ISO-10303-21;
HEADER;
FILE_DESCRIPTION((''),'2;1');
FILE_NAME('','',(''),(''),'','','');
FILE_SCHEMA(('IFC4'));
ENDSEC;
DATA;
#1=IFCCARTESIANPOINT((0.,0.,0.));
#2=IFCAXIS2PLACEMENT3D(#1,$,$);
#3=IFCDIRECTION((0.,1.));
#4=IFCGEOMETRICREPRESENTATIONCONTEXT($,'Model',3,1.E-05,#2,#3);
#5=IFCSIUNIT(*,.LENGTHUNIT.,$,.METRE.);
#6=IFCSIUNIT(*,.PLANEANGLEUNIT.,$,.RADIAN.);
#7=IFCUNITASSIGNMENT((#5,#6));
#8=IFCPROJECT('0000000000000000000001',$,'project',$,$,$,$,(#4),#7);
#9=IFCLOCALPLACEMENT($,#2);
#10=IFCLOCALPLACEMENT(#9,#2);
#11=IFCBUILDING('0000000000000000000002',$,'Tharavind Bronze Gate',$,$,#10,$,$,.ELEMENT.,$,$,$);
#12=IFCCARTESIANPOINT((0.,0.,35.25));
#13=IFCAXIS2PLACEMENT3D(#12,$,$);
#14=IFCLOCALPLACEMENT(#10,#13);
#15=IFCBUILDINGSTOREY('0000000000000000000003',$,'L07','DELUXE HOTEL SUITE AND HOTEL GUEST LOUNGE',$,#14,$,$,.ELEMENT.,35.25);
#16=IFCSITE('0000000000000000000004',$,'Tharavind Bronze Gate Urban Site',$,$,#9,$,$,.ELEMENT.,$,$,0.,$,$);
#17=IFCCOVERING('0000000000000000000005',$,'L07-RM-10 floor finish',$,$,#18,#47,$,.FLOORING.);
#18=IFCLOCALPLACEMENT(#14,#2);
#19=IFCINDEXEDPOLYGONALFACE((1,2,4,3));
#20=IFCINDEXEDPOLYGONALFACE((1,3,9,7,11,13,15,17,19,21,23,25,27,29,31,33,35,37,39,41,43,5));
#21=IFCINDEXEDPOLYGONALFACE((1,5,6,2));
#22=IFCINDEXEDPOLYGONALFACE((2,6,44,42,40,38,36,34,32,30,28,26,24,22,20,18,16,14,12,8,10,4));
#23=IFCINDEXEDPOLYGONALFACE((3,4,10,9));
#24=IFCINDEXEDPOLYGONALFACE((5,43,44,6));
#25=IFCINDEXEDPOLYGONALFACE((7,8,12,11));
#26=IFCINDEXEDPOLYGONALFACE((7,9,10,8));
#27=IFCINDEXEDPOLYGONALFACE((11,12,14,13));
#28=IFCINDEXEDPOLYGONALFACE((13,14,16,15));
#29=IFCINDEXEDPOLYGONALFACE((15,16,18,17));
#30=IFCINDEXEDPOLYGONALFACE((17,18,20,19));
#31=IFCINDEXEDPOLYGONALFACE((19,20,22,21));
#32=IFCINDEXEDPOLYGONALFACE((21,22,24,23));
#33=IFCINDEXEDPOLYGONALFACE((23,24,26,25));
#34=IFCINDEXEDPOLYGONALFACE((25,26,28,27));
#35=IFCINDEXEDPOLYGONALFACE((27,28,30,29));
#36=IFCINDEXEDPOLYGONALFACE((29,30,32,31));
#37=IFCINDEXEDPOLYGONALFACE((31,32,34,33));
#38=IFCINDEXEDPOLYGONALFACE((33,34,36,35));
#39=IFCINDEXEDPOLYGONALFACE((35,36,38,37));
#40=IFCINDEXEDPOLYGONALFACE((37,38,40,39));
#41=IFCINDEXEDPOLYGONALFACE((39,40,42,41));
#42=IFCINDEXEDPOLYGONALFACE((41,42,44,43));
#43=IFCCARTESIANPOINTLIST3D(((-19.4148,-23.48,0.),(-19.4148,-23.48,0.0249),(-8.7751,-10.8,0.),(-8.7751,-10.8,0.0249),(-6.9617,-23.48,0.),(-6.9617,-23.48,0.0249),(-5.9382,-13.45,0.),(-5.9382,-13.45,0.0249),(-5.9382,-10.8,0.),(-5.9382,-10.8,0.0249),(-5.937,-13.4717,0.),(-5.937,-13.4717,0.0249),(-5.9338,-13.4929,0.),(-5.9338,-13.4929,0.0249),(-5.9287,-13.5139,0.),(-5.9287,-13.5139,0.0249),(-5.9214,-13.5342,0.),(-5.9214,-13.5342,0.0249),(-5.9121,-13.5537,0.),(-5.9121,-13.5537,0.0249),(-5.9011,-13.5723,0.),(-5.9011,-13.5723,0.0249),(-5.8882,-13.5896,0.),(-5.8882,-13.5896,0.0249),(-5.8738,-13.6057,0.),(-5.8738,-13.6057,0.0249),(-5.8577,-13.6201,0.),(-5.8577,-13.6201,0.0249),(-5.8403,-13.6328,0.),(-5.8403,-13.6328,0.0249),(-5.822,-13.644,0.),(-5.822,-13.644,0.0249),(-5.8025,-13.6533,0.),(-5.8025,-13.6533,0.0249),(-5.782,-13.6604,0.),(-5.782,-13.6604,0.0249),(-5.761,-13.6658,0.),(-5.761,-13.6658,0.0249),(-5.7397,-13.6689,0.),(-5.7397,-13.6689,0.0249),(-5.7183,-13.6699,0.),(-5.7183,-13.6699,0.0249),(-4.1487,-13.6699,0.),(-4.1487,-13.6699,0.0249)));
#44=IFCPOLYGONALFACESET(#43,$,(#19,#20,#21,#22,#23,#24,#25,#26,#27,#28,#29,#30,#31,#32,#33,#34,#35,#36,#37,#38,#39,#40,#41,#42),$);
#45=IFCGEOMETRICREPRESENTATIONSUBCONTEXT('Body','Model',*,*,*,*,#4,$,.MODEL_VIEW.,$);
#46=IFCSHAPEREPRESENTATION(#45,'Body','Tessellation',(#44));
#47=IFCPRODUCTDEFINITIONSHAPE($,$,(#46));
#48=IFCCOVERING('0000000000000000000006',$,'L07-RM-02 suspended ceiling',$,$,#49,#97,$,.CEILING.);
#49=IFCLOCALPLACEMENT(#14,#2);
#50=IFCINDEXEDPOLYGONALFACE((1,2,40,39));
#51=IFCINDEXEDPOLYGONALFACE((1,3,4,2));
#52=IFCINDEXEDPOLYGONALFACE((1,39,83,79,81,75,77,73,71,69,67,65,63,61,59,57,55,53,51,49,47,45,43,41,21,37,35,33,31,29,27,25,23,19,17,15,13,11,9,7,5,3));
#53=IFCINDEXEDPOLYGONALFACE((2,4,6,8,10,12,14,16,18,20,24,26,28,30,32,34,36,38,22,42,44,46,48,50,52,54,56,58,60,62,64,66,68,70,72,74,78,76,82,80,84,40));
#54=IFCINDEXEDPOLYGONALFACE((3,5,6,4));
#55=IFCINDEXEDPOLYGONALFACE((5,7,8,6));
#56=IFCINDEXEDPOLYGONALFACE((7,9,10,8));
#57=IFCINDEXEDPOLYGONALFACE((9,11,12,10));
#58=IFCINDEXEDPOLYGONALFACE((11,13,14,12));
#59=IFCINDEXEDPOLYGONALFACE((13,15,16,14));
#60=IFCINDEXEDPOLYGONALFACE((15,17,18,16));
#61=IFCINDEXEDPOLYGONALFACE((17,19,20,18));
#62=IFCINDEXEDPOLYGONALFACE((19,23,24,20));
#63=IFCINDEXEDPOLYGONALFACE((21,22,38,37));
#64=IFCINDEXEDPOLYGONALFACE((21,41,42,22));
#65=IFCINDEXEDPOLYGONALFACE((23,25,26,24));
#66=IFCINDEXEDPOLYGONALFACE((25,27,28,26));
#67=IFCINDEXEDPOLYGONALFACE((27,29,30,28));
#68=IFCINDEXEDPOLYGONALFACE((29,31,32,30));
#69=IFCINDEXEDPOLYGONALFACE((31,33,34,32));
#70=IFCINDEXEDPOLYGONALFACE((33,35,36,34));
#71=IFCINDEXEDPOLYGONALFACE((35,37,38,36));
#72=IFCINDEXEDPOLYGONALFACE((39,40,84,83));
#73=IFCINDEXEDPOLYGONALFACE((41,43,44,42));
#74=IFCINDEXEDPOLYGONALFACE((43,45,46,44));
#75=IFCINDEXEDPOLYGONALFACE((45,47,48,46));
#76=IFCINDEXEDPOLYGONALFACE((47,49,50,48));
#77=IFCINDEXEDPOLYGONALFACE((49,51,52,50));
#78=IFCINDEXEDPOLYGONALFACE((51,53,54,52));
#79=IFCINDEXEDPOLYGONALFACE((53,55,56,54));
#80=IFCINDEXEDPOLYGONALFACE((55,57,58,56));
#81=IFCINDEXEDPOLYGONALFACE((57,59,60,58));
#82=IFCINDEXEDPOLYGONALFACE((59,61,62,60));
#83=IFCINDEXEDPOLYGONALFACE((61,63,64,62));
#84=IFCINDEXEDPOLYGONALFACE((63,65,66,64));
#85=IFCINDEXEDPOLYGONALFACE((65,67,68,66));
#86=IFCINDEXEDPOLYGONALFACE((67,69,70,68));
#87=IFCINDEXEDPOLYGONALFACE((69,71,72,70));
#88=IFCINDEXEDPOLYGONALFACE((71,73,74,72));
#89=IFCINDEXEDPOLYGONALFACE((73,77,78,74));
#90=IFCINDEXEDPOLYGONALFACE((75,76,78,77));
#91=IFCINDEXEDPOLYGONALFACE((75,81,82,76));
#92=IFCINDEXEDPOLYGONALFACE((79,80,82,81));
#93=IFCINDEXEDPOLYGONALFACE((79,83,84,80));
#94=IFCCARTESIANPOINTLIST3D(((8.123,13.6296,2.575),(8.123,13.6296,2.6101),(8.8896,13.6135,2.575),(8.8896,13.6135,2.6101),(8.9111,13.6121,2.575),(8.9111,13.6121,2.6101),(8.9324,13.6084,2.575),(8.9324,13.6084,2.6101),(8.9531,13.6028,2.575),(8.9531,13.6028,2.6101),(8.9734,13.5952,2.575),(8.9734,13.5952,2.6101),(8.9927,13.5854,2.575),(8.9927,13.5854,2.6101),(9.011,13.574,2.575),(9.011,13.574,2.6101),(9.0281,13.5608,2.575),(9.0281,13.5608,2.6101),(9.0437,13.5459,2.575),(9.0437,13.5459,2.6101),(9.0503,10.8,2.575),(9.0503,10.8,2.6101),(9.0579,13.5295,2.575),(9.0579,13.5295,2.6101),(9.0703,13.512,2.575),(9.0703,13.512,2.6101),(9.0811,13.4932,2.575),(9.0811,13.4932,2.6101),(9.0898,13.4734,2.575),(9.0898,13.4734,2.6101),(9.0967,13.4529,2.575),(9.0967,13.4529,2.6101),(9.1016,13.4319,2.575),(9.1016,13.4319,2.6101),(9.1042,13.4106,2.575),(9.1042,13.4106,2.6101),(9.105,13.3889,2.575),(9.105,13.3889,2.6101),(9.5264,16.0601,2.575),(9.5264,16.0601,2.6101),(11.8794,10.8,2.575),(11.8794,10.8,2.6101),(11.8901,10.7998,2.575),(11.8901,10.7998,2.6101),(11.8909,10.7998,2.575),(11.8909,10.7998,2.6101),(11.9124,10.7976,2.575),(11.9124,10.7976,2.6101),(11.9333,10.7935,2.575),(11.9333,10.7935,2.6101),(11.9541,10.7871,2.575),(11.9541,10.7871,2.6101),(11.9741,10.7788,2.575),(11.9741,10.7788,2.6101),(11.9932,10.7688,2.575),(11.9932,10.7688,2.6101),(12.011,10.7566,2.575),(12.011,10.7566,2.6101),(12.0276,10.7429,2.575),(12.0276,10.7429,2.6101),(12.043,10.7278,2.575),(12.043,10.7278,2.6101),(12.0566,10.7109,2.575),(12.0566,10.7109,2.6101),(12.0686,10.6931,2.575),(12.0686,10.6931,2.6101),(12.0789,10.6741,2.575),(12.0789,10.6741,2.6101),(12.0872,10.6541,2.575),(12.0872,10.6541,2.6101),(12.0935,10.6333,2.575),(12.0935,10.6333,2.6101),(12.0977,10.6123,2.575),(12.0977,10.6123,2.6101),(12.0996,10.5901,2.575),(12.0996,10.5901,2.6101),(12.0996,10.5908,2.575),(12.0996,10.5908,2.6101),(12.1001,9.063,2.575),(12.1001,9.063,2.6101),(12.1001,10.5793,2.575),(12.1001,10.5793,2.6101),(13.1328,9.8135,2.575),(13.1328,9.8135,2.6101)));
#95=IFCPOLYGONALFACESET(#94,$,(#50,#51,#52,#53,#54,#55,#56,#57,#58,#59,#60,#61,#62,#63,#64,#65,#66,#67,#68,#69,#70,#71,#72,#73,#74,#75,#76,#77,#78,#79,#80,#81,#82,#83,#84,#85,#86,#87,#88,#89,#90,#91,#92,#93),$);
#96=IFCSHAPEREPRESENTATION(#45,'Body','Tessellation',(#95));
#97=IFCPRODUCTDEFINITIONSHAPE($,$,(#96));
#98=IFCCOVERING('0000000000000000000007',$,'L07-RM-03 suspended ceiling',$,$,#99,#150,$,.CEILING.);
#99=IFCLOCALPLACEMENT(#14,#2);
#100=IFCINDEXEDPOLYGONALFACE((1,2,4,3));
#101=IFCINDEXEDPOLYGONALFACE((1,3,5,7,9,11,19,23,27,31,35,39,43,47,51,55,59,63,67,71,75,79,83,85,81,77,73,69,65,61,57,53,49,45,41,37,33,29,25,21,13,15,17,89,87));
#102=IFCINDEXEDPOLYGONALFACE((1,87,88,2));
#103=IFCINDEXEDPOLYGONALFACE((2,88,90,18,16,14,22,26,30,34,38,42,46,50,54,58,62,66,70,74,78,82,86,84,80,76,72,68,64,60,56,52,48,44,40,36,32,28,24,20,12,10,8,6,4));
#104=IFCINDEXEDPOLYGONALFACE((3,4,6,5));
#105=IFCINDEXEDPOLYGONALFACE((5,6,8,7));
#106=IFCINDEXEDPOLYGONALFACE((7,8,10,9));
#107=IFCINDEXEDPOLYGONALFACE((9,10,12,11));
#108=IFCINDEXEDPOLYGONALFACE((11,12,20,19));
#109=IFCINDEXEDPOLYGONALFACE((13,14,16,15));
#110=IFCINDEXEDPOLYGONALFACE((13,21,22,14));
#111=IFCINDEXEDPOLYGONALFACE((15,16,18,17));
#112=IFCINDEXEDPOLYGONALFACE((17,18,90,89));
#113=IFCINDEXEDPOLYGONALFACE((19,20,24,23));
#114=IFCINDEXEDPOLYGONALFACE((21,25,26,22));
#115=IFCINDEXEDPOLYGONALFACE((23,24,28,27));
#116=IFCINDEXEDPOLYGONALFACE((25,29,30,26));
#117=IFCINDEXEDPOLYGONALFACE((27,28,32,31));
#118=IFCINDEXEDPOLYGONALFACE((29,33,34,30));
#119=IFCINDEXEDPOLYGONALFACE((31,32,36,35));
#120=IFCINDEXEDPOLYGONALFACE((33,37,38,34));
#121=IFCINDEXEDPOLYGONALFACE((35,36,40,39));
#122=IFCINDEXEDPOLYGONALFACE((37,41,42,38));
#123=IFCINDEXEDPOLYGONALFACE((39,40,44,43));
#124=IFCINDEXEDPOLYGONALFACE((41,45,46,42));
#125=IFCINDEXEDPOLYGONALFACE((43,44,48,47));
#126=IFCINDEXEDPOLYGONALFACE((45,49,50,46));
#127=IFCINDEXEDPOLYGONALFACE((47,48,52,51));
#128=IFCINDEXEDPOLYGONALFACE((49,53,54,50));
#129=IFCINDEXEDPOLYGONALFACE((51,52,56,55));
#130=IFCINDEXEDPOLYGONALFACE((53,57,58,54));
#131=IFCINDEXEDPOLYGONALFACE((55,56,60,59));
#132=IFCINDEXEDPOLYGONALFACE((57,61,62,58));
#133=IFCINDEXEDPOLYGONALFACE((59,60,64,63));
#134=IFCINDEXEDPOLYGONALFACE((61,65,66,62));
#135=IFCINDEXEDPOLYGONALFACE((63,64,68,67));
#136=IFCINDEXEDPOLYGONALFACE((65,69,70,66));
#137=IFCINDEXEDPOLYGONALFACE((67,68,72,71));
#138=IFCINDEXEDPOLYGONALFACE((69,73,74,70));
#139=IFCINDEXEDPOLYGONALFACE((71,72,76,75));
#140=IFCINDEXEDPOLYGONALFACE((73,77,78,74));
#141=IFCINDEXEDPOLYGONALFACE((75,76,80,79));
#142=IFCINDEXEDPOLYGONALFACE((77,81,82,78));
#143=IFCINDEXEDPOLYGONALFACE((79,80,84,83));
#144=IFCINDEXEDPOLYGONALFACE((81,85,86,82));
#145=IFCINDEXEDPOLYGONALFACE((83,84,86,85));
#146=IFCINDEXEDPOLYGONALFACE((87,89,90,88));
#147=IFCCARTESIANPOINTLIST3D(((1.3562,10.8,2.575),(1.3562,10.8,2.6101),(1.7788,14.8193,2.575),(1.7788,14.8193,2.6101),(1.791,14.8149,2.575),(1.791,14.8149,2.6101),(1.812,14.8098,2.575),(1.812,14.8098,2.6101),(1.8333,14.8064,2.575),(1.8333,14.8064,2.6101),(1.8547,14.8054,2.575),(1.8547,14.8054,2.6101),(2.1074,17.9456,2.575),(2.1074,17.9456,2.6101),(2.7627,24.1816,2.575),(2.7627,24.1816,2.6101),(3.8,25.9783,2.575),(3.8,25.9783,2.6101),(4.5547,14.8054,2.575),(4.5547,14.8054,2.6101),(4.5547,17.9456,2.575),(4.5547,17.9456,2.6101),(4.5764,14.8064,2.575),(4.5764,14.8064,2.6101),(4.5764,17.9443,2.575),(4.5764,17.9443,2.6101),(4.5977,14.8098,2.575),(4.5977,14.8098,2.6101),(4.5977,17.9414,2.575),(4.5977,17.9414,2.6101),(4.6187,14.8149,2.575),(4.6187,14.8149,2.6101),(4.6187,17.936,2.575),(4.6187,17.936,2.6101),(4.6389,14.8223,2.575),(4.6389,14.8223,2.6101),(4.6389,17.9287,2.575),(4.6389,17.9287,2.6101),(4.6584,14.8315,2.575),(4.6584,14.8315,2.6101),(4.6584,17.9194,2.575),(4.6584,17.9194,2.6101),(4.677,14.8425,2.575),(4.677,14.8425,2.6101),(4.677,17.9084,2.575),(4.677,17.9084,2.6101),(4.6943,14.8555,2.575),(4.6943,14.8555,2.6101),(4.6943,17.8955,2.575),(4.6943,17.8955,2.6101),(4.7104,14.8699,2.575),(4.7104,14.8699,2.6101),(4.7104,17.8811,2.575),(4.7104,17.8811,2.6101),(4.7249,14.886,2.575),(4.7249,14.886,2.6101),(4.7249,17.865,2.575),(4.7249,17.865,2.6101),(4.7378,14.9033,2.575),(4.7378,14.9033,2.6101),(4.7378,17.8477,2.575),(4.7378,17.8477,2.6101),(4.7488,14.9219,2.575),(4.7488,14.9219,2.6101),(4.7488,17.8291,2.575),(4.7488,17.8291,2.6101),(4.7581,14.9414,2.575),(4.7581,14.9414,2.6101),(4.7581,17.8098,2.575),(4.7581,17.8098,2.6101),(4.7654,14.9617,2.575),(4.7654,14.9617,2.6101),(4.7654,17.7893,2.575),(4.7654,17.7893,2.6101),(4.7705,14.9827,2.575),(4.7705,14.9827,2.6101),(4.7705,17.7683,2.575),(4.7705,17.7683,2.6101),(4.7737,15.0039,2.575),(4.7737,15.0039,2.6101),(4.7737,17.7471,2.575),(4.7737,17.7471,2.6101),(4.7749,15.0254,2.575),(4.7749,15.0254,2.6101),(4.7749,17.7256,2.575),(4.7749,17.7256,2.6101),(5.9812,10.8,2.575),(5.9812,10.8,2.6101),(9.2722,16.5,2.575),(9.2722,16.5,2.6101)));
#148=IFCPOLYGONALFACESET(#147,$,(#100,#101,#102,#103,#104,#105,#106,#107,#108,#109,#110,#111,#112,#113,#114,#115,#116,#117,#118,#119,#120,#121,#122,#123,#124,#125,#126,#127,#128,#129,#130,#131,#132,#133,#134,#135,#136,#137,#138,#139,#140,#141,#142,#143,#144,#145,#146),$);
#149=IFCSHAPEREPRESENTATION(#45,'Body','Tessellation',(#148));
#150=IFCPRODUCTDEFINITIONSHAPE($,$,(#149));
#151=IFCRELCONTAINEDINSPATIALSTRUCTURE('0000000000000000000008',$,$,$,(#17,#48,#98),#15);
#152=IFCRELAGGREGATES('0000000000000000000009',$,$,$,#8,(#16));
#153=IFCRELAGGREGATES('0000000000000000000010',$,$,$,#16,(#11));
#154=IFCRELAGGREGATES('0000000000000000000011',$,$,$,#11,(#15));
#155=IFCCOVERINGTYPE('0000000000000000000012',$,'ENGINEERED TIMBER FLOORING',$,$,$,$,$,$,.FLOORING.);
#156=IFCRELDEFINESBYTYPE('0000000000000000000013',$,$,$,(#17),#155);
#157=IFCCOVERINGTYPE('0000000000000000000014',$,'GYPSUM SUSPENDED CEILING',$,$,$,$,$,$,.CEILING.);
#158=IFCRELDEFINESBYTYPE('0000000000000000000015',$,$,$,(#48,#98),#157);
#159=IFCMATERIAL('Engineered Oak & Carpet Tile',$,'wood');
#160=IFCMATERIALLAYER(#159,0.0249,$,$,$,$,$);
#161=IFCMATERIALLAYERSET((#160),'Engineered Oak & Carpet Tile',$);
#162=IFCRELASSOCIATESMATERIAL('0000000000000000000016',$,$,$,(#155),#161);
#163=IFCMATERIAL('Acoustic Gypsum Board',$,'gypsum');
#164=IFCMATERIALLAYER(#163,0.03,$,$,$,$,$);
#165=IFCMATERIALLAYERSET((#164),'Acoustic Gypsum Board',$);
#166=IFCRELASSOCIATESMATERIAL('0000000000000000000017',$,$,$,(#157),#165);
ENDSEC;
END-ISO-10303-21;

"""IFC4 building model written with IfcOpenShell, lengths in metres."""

from ifc_helpers import new_model, si_unit, direction, frame, origin, place, context, subcontext, project, spatial, polyline, outline, extrude, material, layer, layer_set, type_object, element, save


model = new_model("IFC4")

# Units and contexts
model_context = context("Model", 3, precision=1e-05, world=origin(), true_north=direction((0.0, 1.0)))
body_context = subcontext(model_context, "Body", "Model", "MODEL_VIEW")
ifc_project = project(units=[si_unit("LENGTHUNIT", "METRE"), si_unit("PLANEANGLEUNIT", "RADIAN")], contexts=[model_context])

# Site, building, storey
site_placement = place(None, origin())
site = spatial("IfcSite", under=ifc_project, at=site_placement, Name="Tharavind Bronze Gate Urban Site", CompositionType="ELEMENT", RefElevation=0.0)
building_placement = place(site_placement, origin())
building = spatial("IfcBuilding", under=site, at=building_placement, Name="Tharavind Bronze Gate", CompositionType="ELEMENT")
storey_placement = place(building_placement, frame((0.0, 0.0, 35.25)))
storey = spatial("IfcBuildingStorey", under=building, at=storey_placement, Name="L07", Description="DELUXE HOTEL SUITE AND HOTEL GUEST LOUNGE", CompositionType="ELEMENT", Elevation=35.25)

# Coverings
ifc_material_1 = material(Name="Engineered Oak & Carpet Tile", Category="wood")
ifc_layer_1 = layer(ifc_material_1, 0.0249)
ifc_layer_set_1 = layer_set([ifc_layer_1], Name="Engineered Oak & Carpet Tile")
covering_type_1 = type_object("IfcCoveringType", Name="ENGINEERED TIMBER FLOORING", PredefinedType="FLOORING", material=ifc_layer_set_1)
covering_1_placement = place(storey_placement, origin())
element("IfcCovering", 1, at=covering_1_placement, inside=storey, type_object=covering_type_1, Name="L07-RM-10 floor finish", PredefinedType="FLOORING", context=body_context, shape_type="SweptSolid", body=[
    extrude(outline(polyline([(-6.9617, -23.48), (-4.1487, -13.6699), (-5.7183, -13.6699), (-5.7397, -13.6689), (-5.761, -13.6658), (-5.782, -13.6604), (-5.8025, -13.6533), (-5.822, -13.644), (-5.8403, -13.6328), (-5.8577, -13.6201), (-5.8738, -13.6057), (-5.8882, -13.5896), (-5.9011, -13.5723), (-5.9121, -13.5537), (-5.9214, -13.5342), (-5.9287, -13.5139), (-5.9338, -13.4929), (-5.937, -13.4717), (-5.9382, -13.45), (-5.9382, -10.8), (-8.7751, -10.8), (-19.4148, -23.48), (-6.9617, -23.48)])), origin(), (0.0, 0.0, 1.0), 0.0249),
])
ifc_material_2 = material(Name="Acoustic Gypsum Board", Category="gypsum")
ifc_layer_2 = layer(ifc_material_2, 0.03)
ifc_layer_set_2 = layer_set([ifc_layer_2], Name="Acoustic Gypsum Board")
covering_type_2 = type_object("IfcCoveringType", Name="GYPSUM SUSPENDED CEILING", PredefinedType="CEILING", material=ifc_layer_set_2)
covering_2_placement = place(storey_placement, frame((0.0, 0.0, 2.575)))
element("IfcCovering", 2, at=covering_2_placement, inside=storey, type_object=covering_type_2, Name="L07-RM-02 suspended ceiling", PredefinedType="CEILING", context=body_context, shape_type="SweptSolid", body=[
    extrude(outline(polyline([(11.8794, 10.8), (11.8901, 10.7998), (11.8909, 10.7998), (11.9124, 10.7976), (11.9333, 10.7935), (11.9541, 10.7871), (11.9741, 10.7788), (11.9932, 10.7688), (12.011, 10.7566), (12.0276, 10.7429), (12.043, 10.7278), (12.0566, 10.7109), (12.0686, 10.6931), (12.0789, 10.6741), (12.0872, 10.6541), (12.0935, 10.6333), (12.0977, 10.6123), (12.0996, 10.5908), (12.0996, 10.5901), (12.1001, 10.5793), (12.1001, 9.063), (13.1328, 9.8135), (9.5264, 16.0601), (8.123, 13.6296), (8.8896, 13.6135), (8.9111, 13.6121), (8.9324, 13.6084), (8.9531, 13.6028), (8.9734, 13.5952), (8.9927, 13.5854), (9.011, 13.574), (9.0281, 13.5608), (9.0437, 13.5459), (9.0579, 13.5295), (9.0703, 13.512), (9.0811, 13.4932), (9.0898, 13.4734), (9.0967, 13.4529), (9.1016, 13.4319), (9.1042, 13.4106), (9.105, 13.3889), (9.0503, 10.8), (11.8794, 10.8)])), origin(), (0.0, 0.0, 1.0), 0.0352),
])
covering_3_placement = place(storey_placement, frame((0.0, 0.0, 2.575)))
element("IfcCovering", 3, at=covering_3_placement, inside=storey, type_object=covering_type_2, Name="L07-RM-03 suspended ceiling", PredefinedType="CEILING", context=body_context, shape_type="SweptSolid", body=[
    extrude(outline(polyline([(5.9812, 10.8), (9.2722, 16.5), (3.8, 25.9783), (2.7627, 24.1816), (2.1074, 17.9456), (4.5547, 17.9456), (4.5764, 17.9443), (4.5977, 17.9414), (4.6187, 17.936), (4.6389, 17.9287), (4.6584, 17.9194), (4.677, 17.9084), (4.6943, 17.8955), (4.7104, 17.8811), (4.7249, 17.865), (4.7378, 17.8477), (4.7488, 17.8291), (4.7581, 17.8098), (4.7654, 17.7893), (4.7705, 17.7683), (4.7737, 17.7471), (4.7749, 17.7256), (4.7749, 15.0254), (4.7737, 15.0039), (4.7705, 14.9827), (4.7654, 14.9617), (4.7581, 14.9414), (4.7488, 14.9219), (4.7378, 14.9033), (4.7249, 14.886), (4.7104, 14.8699), (4.6943, 14.8555), (4.677, 14.8425), (4.6584, 14.8315), (4.6389, 14.8223), (4.6187, 14.8149), (4.5977, 14.8098), (4.5764, 14.8064), (4.5547, 14.8054), (1.8547, 14.8054), (1.8333, 14.8064), (1.812, 14.8098), (1.791, 14.8149), (1.7788, 14.8193), (1.3562, 10.8), (5.9812, 10.8)])), origin(), (0.0, 0.0, 1.0), 0.0352),
])

save(model, "model.ifc")
